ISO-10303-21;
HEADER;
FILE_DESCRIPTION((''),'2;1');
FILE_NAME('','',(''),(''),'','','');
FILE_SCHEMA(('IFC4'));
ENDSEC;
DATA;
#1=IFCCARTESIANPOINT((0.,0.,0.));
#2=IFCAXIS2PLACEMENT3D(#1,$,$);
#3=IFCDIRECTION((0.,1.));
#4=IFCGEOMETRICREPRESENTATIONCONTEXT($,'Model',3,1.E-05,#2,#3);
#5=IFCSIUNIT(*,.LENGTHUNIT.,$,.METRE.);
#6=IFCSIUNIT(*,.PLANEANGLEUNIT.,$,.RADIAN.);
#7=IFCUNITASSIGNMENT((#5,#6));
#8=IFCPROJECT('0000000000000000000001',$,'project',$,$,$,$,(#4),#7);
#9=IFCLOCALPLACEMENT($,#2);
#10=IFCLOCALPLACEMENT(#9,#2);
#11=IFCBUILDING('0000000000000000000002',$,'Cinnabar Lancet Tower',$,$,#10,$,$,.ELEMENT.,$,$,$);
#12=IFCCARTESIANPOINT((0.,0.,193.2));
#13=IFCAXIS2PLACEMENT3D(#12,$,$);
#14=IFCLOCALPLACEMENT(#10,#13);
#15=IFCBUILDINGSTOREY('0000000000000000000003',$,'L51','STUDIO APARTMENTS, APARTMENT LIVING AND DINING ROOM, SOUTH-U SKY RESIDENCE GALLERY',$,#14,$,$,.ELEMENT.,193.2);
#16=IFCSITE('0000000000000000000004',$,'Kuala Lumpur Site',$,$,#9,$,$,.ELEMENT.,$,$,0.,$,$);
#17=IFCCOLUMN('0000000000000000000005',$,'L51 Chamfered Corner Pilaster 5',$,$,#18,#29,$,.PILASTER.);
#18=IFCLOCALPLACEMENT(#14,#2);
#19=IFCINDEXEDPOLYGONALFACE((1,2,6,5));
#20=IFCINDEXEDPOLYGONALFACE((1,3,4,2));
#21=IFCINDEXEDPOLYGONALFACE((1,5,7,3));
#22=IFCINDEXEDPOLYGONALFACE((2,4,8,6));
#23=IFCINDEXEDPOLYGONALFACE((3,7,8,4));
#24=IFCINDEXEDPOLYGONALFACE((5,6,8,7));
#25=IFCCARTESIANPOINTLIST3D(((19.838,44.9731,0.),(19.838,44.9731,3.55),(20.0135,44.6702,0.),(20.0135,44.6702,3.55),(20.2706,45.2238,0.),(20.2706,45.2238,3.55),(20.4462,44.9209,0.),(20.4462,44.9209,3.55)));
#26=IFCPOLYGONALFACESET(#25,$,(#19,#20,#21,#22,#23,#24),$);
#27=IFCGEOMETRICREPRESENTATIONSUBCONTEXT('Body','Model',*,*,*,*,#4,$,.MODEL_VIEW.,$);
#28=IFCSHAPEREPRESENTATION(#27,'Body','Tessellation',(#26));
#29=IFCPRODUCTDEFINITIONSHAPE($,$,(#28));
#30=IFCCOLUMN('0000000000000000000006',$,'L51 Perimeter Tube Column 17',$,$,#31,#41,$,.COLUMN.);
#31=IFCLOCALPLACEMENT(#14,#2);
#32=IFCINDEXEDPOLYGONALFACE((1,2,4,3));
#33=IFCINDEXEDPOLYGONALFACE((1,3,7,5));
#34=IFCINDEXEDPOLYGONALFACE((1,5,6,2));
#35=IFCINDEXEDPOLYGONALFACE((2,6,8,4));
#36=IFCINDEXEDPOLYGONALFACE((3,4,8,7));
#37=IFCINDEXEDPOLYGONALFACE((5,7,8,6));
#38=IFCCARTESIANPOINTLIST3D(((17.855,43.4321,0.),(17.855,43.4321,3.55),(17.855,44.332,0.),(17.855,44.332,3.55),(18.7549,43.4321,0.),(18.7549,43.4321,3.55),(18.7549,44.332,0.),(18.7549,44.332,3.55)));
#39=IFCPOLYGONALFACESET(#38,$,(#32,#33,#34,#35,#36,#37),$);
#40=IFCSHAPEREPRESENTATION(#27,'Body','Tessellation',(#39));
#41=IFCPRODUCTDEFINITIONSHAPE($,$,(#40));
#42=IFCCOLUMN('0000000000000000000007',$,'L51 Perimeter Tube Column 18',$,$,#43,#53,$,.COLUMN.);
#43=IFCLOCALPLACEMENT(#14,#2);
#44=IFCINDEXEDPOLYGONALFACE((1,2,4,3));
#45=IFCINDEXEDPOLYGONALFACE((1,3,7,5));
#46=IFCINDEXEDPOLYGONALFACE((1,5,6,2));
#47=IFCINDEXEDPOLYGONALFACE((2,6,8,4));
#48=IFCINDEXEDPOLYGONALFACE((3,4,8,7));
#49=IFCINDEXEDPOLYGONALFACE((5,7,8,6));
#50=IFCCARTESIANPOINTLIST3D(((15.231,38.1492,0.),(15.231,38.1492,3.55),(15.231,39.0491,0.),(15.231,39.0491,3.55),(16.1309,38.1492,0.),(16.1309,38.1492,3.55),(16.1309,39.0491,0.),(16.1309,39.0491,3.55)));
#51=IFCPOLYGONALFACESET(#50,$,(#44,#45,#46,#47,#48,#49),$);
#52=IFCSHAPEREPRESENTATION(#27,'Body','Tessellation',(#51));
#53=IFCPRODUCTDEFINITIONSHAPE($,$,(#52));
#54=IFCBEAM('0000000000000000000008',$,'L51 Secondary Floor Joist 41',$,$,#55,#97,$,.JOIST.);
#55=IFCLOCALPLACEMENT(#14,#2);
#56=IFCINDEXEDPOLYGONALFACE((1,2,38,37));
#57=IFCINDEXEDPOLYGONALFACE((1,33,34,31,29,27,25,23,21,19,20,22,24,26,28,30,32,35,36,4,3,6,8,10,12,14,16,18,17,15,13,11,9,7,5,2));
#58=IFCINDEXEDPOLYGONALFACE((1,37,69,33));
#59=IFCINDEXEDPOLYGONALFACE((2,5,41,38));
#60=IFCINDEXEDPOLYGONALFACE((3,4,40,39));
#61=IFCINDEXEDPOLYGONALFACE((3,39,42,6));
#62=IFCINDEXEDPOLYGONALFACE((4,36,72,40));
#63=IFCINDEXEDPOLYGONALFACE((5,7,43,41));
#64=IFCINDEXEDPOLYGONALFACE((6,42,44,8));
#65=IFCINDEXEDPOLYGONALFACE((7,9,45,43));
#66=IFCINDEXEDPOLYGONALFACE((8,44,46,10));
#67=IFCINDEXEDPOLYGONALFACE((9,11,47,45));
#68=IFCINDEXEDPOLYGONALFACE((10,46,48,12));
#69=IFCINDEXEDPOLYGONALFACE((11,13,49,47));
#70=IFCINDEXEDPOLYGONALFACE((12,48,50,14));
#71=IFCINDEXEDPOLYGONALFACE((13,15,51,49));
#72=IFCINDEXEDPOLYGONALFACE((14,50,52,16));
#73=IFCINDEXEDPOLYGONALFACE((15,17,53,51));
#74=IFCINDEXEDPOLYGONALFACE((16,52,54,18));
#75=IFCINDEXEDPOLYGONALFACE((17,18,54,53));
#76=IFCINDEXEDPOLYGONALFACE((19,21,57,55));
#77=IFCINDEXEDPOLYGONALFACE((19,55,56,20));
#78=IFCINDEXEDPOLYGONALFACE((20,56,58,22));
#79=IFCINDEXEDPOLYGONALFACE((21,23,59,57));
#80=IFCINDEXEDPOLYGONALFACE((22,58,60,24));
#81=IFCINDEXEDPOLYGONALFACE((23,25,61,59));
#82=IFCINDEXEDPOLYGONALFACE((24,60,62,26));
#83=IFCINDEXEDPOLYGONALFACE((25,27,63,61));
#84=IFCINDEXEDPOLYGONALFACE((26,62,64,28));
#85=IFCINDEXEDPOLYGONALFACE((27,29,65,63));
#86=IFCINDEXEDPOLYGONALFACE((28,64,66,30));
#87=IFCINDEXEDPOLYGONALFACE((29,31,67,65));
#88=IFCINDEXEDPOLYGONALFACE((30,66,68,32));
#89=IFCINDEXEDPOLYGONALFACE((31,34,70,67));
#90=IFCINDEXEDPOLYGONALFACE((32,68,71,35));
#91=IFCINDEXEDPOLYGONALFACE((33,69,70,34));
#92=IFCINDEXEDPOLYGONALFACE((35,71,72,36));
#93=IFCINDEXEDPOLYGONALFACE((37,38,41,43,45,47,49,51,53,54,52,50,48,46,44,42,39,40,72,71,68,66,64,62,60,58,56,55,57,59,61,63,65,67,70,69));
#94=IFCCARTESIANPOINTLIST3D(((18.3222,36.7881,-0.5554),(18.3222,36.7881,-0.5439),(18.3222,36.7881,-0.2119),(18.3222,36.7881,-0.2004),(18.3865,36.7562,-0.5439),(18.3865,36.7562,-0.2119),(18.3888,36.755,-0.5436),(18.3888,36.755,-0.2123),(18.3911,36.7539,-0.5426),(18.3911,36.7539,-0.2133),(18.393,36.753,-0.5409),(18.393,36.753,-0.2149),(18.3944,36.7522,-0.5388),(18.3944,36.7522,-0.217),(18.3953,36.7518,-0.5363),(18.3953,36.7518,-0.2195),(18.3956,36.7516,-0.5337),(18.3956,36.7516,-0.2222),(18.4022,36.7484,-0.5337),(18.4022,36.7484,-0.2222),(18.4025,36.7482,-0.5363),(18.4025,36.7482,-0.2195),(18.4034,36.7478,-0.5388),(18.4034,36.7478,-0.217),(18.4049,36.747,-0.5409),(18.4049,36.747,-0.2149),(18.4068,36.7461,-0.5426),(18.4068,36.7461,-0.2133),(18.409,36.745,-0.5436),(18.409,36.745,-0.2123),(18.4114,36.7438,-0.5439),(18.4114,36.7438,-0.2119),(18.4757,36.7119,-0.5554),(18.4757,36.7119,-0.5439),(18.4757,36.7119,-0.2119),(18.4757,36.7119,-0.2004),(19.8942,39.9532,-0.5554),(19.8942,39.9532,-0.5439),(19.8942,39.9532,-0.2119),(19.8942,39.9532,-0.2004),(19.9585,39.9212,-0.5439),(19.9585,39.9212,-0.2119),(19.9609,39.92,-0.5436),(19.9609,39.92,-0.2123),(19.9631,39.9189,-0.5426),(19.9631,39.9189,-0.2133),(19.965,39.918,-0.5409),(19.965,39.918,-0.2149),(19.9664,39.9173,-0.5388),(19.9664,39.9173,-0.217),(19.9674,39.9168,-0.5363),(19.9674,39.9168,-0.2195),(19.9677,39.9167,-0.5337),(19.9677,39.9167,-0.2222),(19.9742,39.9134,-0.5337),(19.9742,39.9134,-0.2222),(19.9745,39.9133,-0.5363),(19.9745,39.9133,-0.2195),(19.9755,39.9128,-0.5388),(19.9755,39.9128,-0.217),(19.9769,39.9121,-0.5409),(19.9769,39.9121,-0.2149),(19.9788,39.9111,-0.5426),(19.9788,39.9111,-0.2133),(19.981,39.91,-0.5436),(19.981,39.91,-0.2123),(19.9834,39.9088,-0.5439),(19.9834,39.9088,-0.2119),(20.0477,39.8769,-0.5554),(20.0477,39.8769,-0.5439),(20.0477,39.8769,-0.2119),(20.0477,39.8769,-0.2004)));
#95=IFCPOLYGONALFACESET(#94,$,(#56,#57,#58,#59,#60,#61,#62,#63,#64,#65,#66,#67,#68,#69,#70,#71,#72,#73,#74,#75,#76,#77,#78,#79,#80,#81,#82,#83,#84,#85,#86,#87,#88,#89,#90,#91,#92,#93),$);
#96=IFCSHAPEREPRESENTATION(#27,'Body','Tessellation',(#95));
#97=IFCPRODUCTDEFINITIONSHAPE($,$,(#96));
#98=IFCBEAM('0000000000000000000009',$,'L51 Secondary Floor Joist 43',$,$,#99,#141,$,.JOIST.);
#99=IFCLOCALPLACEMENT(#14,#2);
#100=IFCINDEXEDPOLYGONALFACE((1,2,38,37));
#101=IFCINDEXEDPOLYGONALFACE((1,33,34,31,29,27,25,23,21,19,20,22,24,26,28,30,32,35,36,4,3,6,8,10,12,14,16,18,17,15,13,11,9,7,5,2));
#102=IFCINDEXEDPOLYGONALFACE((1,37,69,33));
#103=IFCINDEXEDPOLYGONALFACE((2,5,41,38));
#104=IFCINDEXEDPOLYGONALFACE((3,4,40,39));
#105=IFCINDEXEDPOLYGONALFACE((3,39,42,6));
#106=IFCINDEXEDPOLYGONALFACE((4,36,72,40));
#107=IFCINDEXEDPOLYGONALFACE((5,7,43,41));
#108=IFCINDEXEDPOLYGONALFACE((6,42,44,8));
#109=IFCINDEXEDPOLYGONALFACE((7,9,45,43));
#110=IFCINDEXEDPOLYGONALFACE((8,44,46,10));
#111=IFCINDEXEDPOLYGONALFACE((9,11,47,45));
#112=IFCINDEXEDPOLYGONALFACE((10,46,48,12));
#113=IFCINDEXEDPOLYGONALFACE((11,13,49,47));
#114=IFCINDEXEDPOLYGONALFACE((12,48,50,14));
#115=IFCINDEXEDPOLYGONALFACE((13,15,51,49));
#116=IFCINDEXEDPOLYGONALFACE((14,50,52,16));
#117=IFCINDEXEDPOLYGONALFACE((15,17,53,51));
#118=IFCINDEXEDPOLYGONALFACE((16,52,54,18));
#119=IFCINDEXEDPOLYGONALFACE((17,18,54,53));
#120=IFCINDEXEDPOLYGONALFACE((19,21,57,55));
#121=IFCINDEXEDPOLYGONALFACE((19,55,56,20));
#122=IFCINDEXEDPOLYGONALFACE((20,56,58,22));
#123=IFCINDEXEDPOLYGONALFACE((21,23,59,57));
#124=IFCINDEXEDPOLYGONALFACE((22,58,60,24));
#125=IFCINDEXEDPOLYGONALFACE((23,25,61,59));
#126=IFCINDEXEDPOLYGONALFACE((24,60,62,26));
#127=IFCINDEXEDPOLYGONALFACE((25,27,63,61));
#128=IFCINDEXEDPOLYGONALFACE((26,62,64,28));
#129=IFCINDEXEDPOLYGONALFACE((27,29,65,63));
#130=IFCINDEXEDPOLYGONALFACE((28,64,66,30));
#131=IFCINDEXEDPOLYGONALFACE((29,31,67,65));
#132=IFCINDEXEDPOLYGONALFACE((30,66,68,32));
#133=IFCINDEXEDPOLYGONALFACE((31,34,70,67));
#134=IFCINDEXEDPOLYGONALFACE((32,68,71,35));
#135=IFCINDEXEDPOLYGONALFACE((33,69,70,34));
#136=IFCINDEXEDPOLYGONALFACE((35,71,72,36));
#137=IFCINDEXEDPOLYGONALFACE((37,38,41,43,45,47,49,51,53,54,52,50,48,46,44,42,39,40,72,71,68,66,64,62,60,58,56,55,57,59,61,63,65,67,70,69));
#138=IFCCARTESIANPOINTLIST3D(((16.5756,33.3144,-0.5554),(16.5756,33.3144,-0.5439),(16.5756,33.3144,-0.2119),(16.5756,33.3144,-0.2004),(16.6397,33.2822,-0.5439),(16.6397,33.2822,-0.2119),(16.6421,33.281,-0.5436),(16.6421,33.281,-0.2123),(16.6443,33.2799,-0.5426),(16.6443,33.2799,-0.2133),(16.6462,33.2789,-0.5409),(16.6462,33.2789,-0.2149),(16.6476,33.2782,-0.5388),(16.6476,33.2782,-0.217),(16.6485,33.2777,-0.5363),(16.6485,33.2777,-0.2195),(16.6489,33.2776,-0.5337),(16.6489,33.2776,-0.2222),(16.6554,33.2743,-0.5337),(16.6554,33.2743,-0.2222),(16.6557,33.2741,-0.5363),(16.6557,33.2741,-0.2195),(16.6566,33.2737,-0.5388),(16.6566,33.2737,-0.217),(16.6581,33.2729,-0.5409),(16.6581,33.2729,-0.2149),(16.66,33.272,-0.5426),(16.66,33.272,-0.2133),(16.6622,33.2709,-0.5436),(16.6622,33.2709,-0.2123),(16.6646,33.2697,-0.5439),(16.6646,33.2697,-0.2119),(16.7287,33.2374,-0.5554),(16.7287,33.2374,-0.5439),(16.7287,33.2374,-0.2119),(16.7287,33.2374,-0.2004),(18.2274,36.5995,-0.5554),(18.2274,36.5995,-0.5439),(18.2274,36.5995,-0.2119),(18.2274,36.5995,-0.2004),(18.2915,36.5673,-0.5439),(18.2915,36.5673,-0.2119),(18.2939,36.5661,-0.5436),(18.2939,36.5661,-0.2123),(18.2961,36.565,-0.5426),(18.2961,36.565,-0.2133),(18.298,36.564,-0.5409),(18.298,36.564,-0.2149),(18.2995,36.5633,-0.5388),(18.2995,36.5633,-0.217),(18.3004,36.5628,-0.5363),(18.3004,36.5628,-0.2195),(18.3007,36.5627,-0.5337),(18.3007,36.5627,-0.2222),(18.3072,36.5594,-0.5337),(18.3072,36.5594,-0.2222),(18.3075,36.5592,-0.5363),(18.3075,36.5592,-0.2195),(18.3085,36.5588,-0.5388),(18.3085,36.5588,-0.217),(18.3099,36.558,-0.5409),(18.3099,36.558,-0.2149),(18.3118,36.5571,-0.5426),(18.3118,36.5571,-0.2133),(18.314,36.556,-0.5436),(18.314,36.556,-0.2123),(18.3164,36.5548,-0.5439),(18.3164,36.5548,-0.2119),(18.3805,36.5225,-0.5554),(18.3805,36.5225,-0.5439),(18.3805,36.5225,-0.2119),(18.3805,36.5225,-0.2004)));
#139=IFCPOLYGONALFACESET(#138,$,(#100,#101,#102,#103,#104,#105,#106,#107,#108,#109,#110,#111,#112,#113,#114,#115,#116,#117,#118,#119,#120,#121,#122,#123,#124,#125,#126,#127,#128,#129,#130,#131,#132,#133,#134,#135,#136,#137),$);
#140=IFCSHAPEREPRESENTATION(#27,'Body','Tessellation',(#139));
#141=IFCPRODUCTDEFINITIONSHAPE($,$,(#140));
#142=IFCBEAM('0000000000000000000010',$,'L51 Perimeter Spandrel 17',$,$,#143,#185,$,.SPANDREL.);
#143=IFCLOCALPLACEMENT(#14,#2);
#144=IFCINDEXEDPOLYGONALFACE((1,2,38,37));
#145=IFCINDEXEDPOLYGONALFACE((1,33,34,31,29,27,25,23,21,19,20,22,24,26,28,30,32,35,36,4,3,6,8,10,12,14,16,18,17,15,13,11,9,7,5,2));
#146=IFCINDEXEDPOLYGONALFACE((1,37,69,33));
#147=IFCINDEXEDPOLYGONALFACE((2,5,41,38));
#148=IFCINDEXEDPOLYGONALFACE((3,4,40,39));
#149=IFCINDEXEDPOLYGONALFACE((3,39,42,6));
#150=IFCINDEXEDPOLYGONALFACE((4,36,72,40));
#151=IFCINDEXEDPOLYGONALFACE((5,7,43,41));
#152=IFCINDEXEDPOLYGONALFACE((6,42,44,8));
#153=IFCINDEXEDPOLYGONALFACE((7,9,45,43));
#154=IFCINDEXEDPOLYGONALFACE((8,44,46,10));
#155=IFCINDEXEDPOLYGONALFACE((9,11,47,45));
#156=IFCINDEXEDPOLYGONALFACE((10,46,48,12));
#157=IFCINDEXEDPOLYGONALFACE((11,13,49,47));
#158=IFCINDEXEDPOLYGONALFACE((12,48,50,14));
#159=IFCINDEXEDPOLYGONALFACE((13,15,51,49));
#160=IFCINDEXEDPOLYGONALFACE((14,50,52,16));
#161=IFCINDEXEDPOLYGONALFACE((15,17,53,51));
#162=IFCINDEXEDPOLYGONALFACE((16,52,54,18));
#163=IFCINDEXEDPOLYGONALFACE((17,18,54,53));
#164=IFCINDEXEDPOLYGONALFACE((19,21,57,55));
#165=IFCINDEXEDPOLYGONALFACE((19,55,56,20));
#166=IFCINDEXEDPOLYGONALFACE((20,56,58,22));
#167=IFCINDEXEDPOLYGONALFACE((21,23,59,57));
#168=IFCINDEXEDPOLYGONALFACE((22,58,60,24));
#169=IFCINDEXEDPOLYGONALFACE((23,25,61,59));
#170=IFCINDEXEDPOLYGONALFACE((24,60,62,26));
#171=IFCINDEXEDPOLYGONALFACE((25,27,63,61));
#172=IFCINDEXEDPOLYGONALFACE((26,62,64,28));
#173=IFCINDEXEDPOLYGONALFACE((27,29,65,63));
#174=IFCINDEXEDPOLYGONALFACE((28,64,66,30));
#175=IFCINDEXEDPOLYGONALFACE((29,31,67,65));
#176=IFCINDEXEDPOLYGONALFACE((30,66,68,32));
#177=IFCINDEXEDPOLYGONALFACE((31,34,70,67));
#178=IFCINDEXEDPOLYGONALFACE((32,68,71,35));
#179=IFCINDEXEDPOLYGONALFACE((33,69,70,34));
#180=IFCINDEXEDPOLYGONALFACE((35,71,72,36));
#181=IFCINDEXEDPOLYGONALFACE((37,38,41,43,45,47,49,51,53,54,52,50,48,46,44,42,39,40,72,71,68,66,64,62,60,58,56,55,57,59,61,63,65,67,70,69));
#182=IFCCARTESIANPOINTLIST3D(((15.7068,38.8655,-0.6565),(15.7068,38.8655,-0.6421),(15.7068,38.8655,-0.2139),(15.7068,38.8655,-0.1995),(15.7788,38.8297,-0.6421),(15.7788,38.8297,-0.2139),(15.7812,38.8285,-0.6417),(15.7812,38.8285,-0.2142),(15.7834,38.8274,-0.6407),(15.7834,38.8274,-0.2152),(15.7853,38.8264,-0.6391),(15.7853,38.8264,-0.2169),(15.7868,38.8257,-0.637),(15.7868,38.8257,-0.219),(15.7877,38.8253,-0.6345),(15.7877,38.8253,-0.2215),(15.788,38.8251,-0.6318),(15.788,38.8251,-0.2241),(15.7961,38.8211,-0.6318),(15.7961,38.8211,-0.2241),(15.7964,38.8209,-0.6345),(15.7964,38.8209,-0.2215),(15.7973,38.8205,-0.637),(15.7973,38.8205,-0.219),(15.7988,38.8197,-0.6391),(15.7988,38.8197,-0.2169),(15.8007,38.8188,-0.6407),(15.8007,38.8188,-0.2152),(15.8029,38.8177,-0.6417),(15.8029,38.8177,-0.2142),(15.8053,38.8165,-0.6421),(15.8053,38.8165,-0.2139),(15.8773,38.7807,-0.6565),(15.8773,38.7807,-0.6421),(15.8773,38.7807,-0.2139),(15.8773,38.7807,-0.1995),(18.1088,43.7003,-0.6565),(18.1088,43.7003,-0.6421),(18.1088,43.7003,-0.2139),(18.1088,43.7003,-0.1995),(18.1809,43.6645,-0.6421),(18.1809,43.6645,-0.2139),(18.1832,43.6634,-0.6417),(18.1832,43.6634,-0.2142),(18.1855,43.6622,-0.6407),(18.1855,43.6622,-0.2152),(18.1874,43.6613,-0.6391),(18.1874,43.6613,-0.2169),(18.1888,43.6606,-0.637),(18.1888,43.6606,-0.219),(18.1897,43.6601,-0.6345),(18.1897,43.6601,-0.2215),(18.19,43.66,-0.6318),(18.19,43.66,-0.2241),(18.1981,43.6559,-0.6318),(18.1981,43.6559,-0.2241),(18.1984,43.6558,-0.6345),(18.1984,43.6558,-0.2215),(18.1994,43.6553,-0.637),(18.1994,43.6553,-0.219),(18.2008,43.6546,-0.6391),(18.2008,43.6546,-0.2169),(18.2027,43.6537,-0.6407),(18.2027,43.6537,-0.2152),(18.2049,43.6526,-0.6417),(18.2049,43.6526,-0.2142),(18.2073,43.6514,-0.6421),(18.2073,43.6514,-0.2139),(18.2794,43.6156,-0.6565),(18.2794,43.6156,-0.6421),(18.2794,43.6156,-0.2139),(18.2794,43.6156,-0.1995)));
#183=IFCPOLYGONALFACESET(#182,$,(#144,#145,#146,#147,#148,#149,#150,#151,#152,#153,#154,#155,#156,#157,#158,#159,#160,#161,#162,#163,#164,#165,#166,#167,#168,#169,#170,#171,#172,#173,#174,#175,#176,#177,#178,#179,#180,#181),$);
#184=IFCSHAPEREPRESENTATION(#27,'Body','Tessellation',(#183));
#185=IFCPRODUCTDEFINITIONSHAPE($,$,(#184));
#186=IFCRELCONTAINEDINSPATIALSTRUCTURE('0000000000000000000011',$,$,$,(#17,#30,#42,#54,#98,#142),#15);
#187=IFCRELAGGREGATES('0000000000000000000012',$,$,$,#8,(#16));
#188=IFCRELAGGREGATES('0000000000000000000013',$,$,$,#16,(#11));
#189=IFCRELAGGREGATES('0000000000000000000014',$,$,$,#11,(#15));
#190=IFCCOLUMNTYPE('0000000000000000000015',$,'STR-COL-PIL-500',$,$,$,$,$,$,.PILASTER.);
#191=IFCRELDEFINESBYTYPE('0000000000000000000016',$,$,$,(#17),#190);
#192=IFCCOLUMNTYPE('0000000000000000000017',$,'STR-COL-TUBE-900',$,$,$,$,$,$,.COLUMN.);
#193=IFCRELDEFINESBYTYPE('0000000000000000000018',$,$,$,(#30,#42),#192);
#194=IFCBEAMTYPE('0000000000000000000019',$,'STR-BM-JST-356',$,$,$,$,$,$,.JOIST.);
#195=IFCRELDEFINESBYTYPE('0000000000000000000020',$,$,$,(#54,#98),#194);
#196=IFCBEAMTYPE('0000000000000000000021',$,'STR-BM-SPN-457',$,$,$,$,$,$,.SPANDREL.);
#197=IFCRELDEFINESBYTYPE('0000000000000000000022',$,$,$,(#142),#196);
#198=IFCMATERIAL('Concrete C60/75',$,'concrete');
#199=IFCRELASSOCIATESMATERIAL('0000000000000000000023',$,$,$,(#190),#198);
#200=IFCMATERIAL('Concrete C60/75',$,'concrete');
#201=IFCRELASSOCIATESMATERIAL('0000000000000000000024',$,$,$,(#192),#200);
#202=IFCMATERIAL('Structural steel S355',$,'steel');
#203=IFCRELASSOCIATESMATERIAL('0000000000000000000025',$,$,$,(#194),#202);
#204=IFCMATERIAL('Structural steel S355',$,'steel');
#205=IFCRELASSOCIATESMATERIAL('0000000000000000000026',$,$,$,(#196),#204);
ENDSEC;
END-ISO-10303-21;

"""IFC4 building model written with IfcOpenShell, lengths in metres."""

from ifc_helpers import new_model, si_unit, direction, frame, origin, origin_2d, place, context, subcontext, project, spatial, rectangle, i_section, extrude, material, material_profile, profile_set, type_object, element, save


model = new_model("IFC4")

# Units and contexts
model_context = context("Model", 3, precision=1e-05, world=origin(), true_north=direction((0.0, 1.0)))
body_context = subcontext(model_context, "Body", "Model", "MODEL_VIEW")
ifc_project = project(units=[si_unit("LENGTHUNIT", "METRE"), si_unit("PLANEANGLEUNIT", "RADIAN")], contexts=[model_context])

# Site, building, storey
site_placement = place(None, origin())
site = spatial("IfcSite", under=ifc_project, at=site_placement, Name="Kuala Lumpur Site", CompositionType="ELEMENT", RefElevation=0.0)
building_placement = place(site_placement, origin())
building = spatial("IfcBuilding", under=site, at=building_placement, Name="Cinnabar Lancet Tower", CompositionType="ELEMENT")
storey_placement = place(building_placement, frame((0.0, 0.0, 193.2)))
storey = spatial("IfcBuildingStorey", under=building, at=storey_placement, Name="L51", Description="STUDIO APARTMENTS, APARTMENT LIVING AND DINING ROOM, SOUTH-U SKY RESIDENCE GALLERY", CompositionType="ELEMENT", Elevation=193.2)

# Columns
ifc_material_1 = material(Name="Concrete C60/75", Category="concrete")
ifc_material_profile_1 = material_profile(ifc_material_1, rectangle(XDim=0.5, YDim=0.3501, at=origin_2d()), Name="RC-PIL 500x350")
ifc_profile_set_1 = profile_set([ifc_material_profile_1], Name="Concrete C60/75")
column_type_1 = type_object("IfcColumnType", Name="STR-COL-PIL-500", PredefinedType="PILASTER", material=ifc_profile_set_1)
column_placement = place(storey_placement, frame((20.1421, 44.947, 0.0), z_axis=(0.0, 0.0, 1.0), x_axis=(-0.86523, -0.501375, 0.0)))
element("IfcColumn", 1, at=column_placement, inside=storey, type_object=column_type_1, Name="L51 Chamfered Corner Pilaster 5", PredefinedType="PILASTER", context=body_context, shape_type="SweptSolid", body=[
    extrude(rectangle(XDim=0.5, YDim=0.3501, at=origin_2d()), origin(), (0.0, 0.0, 1.0), 3.55),
])
ifc_material_2 = material(Name="Concrete C60/75", Category="concrete")
ifc_material_profile_2 = material_profile(ifc_material_2, rectangle(XDim=0.8999, YDim=0.8999, at=origin_2d()), Name="RC-COL 900x900")
ifc_profile_set_2 = profile_set([ifc_material_profile_2], Name="Concrete C60/75")
column_type_2 = type_object("IfcColumnType", Name="STR-COL-TUBE-900", PredefinedType="COLUMN", material=ifc_profile_set_2)
for number, where, z_axis, x_axis, name in (
    (2, (18.3049, 43.8821, 0.0), (0.0, 0.0, 1.0), (1.0, 0.0, 0.0), "L51 Perimeter Tube Column 17"),
    (3, (15.6809, 38.5991, 0.0), (0.0, 0.0, 1.0), (1.0, 0.0, 0.0), "L51 Perimeter Tube Column 18"),
):
    element("IfcColumn", number, at=place(storey_placement, frame(where, z_axis=z_axis, x_axis=x_axis)), inside=storey, type_object=column_type_2, Name=name, PredefinedType="COLUMN", context=body_context, shape_type="SweptSolid", body=[
        extrude(rectangle(XDim=0.8999, YDim=0.8999, at=origin_2d()), origin(), (0.0, 0.0, 1.0), 3.55),
    ])

# Beams
ifc_material_3 = material(Name="Structural steel S355", Category="steel")
ifc_material_profile_3 = material_profile(ifc_material_3, i_section(OverallWidth=0.1714, OverallDepth=0.355, WebThickness=0.0073, FlangeThickness=0.0115, FilletRadius=0.0103, at=origin_2d()), Name="UKB 356x171x51")
ifc_profile_set_3 = profile_set([ifc_material_profile_3], Name="Structural steel S355")
beam_type_1 = type_object("IfcBeamType", Name="STR-BM-JST-356", PredefinedType="JOIST", material=ifc_profile_set_3)
beam_1_placement = place(storey_placement, frame((19.9709, 39.915, -0.3779), z_axis=(-0.444836, -0.895612, 0.0), x_axis=(0.895612, -0.444836, 0.0)))
element("IfcBeam", 4, at=beam_1_placement, inside=storey, type_object=beam_type_1, Name="L51 Secondary Floor Joist 41", PredefinedType="JOIST", context=body_context, shape_type="SweptSolid", body=[
    extrude(i_section(OverallWidth=0.1714, OverallDepth=0.355, WebThickness=0.0073, FlangeThickness=0.0115, FilletRadius=0.0103, at=origin_2d()), origin(), (0.0, 0.0, 1.0), 3.5339),
])
beam_2_placement = place(storey_placement, frame((18.304, 36.561, -0.3779), z_axis=(-0.449231, -0.893416, 0.0), x_axis=(0.893416, -0.449231, 0.0)))
element("IfcBeam", 5, at=beam_2_placement, inside=storey, type_object=beam_type_1, Name="L51 Secondary Floor Joist 43", PredefinedType="JOIST", context=body_context, shape_type="SweptSolid", body=[
    extrude(i_section(OverallWidth=0.1714, OverallDepth=0.355, WebThickness=0.0073, FlangeThickness=0.0115, FilletRadius=0.0103, at=origin_2d()), origin(), (0.0, 0.0, 1.0), 3.677),
])
ifc_material_4 = material(Name="Structural steel S355", Category="steel")
ifc_material_profile_4 = material_profile(ifc_material_4, i_section(OverallWidth=0.1904, OverallDepth=0.457, WebThickness=0.009, FlangeThickness=0.0144, FilletRadius=0.0103, at=origin_2d()), Name="UKB 457x191x74")
ifc_profile_set_4 = profile_set([ifc_material_profile_4], Name="Structural steel S355")
beam_type_2 = type_object("IfcBeamType", Name="STR-BM-SPN-457", PredefinedType="SPANDREL", material=ifc_profile_set_4)
beam_3_placement = place(storey_placement, frame((18.1941, 43.658, -0.428), z_axis=(-0.444933, -0.895564, 0.0), x_axis=(0.895564, -0.444933, 0.0)))
element("IfcBeam", 6, at=beam_3_placement, inside=storey, type_object=beam_type_2, Name="L51 Perimeter Spandrel 17", PredefinedType="SPANDREL", context=body_context, shape_type="SweptSolid", body=[
    extrude(i_section(OverallWidth=0.1904, OverallDepth=0.457, WebThickness=0.009, FlangeThickness=0.0144, FilletRadius=0.0103, at=origin_2d()), origin(), (0.0, 0.0, 1.0), 5.3987),
])

save(model, "model.ifc")
